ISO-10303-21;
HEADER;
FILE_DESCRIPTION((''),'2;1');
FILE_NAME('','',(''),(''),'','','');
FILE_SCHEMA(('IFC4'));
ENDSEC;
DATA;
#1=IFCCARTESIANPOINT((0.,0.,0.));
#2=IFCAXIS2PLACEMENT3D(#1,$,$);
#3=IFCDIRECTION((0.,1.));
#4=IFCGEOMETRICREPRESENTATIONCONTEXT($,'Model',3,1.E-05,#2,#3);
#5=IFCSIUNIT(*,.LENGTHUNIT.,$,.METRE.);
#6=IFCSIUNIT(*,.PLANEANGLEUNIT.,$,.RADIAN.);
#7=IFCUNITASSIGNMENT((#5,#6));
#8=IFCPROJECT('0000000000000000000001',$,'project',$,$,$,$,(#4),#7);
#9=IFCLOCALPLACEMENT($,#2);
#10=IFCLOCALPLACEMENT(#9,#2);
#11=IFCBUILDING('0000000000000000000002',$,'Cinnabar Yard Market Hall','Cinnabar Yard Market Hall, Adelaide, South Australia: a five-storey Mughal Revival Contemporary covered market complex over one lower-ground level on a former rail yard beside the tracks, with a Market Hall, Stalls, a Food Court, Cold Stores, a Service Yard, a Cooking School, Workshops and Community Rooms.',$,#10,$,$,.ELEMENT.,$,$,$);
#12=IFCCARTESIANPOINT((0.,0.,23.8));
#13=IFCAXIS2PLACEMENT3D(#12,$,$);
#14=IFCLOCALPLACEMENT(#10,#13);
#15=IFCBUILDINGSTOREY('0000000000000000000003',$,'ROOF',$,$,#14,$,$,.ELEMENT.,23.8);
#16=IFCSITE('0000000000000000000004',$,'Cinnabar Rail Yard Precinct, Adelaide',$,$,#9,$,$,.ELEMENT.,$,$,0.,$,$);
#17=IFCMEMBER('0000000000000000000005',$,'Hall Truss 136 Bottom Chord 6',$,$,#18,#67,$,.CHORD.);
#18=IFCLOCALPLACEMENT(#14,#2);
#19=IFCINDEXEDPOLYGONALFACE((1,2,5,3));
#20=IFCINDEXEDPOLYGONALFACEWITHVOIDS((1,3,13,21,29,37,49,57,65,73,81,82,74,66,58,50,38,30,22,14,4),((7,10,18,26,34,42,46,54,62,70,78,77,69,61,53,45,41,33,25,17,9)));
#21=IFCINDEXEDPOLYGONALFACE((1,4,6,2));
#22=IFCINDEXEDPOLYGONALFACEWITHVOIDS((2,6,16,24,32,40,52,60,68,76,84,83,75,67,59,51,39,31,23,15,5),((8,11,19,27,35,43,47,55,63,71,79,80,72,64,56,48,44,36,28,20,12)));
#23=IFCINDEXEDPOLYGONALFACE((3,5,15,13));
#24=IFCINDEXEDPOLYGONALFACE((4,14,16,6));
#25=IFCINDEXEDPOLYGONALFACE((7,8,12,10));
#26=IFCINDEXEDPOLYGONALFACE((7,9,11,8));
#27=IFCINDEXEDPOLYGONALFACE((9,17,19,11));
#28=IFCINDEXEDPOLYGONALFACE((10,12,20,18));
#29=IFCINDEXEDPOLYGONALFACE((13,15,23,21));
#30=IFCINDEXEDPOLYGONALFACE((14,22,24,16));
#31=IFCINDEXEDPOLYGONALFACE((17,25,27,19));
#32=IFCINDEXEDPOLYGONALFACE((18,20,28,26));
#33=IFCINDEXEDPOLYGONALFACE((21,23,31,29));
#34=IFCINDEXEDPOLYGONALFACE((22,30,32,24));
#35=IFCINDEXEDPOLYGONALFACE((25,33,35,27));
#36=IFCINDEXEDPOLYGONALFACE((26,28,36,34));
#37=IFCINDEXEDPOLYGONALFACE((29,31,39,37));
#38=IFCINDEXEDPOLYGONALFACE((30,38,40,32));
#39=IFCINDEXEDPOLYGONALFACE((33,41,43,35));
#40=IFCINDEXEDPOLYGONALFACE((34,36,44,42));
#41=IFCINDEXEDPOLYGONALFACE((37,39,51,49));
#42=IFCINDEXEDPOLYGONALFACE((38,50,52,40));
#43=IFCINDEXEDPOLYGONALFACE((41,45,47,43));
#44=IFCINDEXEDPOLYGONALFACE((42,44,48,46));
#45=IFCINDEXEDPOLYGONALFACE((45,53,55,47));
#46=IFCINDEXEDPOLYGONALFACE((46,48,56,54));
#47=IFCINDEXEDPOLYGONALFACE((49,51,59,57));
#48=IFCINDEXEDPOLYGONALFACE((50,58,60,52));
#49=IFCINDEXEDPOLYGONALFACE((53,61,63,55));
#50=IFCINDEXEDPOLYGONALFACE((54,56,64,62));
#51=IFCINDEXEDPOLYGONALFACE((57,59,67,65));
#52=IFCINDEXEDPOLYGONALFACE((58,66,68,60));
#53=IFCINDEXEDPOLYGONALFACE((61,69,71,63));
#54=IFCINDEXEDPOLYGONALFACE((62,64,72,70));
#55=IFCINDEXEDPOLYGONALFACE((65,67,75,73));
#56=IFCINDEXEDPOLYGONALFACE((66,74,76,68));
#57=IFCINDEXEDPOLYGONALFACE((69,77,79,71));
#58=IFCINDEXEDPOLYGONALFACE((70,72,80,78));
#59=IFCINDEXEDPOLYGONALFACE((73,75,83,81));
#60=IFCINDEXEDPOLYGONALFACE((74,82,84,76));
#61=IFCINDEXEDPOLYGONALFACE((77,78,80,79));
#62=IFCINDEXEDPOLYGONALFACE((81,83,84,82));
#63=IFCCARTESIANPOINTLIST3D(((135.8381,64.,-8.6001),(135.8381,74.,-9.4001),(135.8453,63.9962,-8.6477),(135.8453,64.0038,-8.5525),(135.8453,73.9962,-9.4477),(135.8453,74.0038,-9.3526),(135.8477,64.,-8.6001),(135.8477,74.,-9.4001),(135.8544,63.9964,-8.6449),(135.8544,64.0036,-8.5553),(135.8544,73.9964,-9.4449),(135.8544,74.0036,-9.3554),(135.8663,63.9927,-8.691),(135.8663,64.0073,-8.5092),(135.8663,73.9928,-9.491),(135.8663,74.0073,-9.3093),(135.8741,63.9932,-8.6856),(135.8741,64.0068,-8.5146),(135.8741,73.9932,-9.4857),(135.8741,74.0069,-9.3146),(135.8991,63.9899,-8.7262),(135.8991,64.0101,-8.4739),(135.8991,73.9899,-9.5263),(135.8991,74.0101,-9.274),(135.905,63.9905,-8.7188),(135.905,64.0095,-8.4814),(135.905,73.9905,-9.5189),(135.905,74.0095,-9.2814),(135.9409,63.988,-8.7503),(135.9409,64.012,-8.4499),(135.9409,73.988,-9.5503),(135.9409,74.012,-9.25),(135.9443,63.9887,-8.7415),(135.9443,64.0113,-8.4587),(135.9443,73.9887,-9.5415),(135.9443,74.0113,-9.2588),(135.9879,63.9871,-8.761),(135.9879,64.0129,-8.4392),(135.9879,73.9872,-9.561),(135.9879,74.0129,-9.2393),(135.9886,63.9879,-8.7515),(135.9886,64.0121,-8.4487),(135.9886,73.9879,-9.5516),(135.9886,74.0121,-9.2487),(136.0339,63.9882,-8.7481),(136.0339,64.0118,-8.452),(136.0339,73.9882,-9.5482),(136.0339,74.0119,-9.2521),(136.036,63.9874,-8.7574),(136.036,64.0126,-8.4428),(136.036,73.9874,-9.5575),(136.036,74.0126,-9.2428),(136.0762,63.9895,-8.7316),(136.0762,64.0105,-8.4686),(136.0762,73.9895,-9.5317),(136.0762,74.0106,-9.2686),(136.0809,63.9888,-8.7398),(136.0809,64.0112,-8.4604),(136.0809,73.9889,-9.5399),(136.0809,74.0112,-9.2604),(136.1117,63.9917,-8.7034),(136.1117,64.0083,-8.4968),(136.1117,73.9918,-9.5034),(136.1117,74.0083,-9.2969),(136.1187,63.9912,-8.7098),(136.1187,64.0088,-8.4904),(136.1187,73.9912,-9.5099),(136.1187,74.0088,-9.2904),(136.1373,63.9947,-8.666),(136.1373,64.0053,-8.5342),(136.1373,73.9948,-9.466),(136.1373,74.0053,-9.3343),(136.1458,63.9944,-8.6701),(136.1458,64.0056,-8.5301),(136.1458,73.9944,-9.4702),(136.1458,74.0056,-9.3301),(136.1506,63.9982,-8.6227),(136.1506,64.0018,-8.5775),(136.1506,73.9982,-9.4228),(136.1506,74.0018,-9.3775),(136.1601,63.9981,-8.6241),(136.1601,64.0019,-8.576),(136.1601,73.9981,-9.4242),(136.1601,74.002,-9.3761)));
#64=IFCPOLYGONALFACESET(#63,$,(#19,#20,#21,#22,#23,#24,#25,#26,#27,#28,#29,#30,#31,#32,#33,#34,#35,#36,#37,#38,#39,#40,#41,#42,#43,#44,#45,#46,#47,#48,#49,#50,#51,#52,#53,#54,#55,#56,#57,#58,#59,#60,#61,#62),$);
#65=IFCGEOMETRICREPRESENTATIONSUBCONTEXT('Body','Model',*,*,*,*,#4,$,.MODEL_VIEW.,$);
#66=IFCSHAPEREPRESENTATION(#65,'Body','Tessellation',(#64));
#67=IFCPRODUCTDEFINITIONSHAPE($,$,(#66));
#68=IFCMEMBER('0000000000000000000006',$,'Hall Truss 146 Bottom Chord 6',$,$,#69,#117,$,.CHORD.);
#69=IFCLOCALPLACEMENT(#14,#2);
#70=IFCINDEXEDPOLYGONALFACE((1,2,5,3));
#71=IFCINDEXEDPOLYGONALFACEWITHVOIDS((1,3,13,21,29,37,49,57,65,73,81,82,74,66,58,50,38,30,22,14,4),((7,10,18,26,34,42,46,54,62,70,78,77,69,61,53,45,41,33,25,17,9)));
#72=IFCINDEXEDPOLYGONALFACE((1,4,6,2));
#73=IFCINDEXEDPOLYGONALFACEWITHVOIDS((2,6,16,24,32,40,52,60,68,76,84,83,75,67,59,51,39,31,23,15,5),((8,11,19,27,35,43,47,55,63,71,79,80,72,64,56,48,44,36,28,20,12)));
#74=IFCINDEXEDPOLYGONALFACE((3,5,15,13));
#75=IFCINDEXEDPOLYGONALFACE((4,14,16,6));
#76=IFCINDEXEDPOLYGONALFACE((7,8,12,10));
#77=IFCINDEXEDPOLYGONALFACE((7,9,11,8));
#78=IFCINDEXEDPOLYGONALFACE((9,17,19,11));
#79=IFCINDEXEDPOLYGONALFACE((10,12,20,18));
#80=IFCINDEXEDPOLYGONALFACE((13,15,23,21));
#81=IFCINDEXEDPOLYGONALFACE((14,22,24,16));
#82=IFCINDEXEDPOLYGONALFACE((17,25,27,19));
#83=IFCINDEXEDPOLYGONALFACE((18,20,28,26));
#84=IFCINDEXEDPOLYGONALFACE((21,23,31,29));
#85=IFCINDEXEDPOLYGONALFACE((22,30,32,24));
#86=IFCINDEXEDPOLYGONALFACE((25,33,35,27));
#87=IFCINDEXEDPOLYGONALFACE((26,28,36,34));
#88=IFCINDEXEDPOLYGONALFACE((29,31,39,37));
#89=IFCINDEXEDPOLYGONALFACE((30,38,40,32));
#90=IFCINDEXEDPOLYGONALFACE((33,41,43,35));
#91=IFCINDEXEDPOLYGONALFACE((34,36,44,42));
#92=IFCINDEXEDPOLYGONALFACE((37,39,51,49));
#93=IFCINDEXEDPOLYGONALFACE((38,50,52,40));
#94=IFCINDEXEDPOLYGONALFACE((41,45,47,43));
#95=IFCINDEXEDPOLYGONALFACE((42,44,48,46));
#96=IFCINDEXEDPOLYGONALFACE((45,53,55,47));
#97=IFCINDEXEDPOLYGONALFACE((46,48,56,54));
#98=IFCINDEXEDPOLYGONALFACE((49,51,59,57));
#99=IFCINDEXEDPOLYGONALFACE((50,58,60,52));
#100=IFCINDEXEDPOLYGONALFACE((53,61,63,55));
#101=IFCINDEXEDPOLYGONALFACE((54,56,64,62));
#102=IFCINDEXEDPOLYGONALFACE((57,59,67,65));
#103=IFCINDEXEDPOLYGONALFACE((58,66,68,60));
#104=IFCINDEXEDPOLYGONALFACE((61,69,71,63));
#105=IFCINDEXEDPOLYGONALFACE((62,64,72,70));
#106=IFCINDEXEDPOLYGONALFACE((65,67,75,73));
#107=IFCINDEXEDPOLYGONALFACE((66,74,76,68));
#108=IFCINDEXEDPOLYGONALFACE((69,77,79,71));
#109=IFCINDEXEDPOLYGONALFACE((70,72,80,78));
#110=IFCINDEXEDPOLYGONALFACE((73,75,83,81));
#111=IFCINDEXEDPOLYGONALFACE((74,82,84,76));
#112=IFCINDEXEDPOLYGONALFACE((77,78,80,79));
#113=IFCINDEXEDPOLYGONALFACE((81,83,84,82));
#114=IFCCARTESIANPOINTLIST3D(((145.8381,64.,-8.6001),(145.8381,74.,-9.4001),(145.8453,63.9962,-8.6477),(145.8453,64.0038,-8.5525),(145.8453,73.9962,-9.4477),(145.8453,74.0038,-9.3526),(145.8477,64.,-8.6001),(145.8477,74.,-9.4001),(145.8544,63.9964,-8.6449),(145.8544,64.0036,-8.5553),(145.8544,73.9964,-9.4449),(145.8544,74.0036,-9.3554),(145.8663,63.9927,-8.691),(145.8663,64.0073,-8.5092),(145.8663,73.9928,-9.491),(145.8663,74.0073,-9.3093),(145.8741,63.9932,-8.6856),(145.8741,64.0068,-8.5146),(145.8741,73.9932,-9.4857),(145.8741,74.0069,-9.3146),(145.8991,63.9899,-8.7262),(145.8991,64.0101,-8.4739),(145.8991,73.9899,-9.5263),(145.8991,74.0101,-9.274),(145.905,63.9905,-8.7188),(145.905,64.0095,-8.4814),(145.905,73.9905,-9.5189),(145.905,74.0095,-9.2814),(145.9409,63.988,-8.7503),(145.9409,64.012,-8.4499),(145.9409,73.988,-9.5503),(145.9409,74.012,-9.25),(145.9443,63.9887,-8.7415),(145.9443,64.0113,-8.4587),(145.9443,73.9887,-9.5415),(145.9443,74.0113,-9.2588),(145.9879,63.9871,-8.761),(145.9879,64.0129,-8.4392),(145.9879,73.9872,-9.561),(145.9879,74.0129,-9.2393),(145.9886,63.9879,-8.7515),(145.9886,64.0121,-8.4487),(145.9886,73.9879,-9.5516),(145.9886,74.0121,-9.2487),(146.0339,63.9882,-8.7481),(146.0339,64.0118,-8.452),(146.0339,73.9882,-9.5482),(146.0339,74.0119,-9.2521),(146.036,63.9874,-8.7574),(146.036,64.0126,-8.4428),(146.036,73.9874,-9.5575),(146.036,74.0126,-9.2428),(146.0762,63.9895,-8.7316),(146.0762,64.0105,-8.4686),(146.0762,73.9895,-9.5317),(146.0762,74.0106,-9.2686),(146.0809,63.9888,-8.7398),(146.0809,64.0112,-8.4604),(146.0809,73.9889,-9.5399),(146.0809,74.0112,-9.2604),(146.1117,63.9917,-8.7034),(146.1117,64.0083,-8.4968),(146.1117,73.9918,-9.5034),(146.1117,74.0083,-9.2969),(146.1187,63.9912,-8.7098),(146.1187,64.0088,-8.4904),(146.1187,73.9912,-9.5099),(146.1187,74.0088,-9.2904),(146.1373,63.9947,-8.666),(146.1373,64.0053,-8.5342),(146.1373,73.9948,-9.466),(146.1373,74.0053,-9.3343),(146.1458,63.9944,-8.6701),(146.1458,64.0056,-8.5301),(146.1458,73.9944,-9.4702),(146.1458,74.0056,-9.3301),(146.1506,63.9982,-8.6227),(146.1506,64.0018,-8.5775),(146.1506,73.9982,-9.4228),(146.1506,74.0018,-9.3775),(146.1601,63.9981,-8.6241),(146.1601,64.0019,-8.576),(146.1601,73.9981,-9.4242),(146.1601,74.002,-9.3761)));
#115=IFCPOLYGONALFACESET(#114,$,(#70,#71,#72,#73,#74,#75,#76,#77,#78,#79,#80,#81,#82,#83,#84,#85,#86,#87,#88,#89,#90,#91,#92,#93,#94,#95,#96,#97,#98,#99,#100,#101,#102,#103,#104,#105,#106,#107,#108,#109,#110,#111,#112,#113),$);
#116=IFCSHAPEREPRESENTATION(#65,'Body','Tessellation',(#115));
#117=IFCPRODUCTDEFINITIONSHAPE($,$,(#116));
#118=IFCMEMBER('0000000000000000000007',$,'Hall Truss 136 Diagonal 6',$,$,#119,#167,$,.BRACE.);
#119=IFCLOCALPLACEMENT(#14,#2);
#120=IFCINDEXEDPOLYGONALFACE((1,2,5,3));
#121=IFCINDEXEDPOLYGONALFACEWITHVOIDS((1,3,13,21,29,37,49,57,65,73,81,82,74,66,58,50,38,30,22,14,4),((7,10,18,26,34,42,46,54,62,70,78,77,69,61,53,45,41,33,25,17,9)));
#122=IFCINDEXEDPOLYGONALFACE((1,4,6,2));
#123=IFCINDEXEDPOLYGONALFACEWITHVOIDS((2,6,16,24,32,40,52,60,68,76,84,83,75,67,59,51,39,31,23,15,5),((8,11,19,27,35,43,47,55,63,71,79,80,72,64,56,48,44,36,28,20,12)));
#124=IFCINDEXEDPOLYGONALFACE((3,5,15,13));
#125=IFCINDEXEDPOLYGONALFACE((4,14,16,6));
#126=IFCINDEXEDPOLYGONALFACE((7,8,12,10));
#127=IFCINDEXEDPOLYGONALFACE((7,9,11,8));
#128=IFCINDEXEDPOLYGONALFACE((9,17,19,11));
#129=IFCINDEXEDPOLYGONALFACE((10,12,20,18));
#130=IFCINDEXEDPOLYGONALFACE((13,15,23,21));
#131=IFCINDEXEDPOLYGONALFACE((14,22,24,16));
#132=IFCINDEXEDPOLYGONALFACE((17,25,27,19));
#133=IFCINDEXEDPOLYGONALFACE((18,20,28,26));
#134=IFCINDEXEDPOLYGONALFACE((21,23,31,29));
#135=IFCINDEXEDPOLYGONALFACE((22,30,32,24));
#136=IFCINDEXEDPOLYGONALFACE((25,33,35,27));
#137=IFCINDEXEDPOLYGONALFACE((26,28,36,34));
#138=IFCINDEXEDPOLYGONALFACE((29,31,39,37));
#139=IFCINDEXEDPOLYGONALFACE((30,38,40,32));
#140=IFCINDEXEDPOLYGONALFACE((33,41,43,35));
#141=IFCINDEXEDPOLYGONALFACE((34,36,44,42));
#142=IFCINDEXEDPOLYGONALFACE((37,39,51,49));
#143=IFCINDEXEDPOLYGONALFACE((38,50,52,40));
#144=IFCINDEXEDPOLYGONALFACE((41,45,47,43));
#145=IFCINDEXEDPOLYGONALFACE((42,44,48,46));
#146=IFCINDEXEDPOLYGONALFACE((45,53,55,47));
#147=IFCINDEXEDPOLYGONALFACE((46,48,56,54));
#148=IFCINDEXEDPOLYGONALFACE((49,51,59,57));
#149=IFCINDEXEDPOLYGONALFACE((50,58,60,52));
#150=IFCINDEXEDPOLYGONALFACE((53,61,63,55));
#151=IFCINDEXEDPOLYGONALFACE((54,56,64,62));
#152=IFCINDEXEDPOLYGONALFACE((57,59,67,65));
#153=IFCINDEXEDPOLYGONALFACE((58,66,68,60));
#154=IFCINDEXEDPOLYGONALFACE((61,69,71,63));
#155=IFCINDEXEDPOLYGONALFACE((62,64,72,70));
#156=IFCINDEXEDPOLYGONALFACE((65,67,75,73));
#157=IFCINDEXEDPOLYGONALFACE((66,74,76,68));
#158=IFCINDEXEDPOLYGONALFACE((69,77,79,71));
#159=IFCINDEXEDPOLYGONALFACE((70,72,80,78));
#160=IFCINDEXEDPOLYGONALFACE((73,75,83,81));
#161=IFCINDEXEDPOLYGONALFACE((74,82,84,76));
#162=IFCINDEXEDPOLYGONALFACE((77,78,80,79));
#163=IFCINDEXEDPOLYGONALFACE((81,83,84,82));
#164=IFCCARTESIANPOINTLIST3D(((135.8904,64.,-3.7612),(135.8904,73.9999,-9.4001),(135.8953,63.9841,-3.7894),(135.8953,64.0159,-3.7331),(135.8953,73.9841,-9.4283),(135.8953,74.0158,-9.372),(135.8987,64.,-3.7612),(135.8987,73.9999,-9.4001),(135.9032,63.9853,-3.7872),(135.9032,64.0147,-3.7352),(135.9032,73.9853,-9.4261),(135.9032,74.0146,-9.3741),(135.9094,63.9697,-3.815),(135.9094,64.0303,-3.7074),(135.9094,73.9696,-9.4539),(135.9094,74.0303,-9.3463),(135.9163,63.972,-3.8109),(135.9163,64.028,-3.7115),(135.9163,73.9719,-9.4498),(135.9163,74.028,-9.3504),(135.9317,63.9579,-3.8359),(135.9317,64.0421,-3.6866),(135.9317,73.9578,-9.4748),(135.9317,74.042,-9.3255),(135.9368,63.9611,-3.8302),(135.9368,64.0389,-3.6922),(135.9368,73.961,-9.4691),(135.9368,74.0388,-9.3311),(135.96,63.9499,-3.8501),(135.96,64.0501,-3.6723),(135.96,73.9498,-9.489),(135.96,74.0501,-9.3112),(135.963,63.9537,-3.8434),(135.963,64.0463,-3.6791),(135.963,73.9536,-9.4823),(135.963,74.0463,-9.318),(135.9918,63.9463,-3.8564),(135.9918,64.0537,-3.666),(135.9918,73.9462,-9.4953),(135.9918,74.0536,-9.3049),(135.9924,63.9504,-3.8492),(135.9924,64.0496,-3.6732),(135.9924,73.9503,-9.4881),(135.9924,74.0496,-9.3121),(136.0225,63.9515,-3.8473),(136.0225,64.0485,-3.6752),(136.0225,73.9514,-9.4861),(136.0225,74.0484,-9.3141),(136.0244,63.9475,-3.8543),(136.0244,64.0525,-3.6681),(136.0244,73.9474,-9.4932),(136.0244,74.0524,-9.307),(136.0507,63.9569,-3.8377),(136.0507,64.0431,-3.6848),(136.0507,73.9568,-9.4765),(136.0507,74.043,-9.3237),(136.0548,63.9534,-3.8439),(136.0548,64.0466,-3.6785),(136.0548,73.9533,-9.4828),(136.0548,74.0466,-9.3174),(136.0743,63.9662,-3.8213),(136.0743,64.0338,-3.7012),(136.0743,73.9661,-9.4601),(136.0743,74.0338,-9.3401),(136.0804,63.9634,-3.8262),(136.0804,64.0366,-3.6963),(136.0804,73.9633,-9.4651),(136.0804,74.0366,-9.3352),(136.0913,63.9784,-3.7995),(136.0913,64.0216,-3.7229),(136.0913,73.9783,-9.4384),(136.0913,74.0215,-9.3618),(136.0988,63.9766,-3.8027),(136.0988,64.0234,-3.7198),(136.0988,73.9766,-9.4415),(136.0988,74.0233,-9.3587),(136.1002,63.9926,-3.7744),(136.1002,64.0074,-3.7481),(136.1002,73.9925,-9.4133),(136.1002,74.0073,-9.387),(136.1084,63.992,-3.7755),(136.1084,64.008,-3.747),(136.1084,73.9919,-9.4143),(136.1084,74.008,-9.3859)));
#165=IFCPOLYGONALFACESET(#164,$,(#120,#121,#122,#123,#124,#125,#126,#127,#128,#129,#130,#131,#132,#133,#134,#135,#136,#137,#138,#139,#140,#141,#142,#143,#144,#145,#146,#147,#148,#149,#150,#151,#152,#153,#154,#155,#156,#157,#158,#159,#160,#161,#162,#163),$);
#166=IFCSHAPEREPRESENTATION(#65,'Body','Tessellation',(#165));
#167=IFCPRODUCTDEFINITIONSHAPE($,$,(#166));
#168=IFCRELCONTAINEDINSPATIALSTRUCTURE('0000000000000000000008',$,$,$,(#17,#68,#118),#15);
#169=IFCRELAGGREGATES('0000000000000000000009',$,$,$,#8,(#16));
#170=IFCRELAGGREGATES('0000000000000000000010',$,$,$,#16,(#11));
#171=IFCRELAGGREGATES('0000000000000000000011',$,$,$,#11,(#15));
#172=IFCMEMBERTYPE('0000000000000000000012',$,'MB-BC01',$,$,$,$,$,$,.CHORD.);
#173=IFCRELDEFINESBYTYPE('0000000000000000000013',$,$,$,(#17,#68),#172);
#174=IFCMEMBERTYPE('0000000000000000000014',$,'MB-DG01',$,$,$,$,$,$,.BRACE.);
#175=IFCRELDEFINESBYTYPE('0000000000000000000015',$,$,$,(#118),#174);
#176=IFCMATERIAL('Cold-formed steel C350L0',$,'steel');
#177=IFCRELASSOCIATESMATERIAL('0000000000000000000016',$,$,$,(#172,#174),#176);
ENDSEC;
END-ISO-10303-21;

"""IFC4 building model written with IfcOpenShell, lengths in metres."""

from ifc_helpers import new_model, si_unit, direction, frame, origin, origin_2d_with_axis, place, context, subcontext, project, spatial, hollow_circle, extrude, material, material_profile, profile_set, type_object, element, save


model = new_model("IFC4")

# Units and contexts
model_context = context("Model", 3, precision=1e-05, world=origin(), true_north=direction((0.0, 1.0)))
body_context = subcontext(model_context, "Body", "Model", "MODEL_VIEW")
ifc_project = project(units=[si_unit("LENGTHUNIT", "METRE"), si_unit("PLANEANGLEUNIT", "RADIAN")], contexts=[model_context])

# Site, building, storey
site_placement = place(None, origin())
site = spatial("IfcSite", under=ifc_project, at=site_placement, Name="Cinnabar Rail Yard Precinct, Adelaide", CompositionType="ELEMENT", RefElevation=0.0)
building_placement = place(site_placement, origin())
building = spatial("IfcBuilding", under=site, at=building_placement, Name="Cinnabar Yard Market Hall", Description="Cinnabar Yard Market Hall, Adelaide, South Australia: a five-storey Mughal Revival Contemporary covered market complex over one lower-ground level on a former rail yard beside the tracks, with a Market Hall, Stalls, a Food Court, Cold Stores, a Service Yard, a Cooking School, Workshops and Community Rooms.", CompositionType="ELEMENT")
storey_placement = place(building_placement, frame((0.0, 0.0, 23.8)))
storey = spatial("IfcBuildingStorey", under=building, at=storey_placement, Name="ROOF", CompositionType="ELEMENT", Elevation=23.8)

# Shared definitions
ifc_material_1 = material(Name="Cold-formed steel C350L0", Category="steel")

# Members
ifc_material_profile_1 = material_profile(ifc_material_1, hollow_circle(Radius=0.1619, WallThickness=0.0095, at=origin_2d_with_axis()), Name="323.9x9.5CHS")
ifc_profile_set_1 = profile_set([ifc_material_profile_1], Name="Cold-formed steel C350L0")
member_type_1 = type_object("IfcMemberType", Name="MB-BC01", PredefinedType="CHORD", material=ifc_profile_set_1)
for number, where, z_axis, x_axis, name in (
    (1, (136.0, 64.0, -8.6001), (0.0, 0.996815, -0.07975), (-1.0, 0.0, 0.0), "Hall Truss 136 Bottom Chord 6"),
    (2, (146.0, 64.0, -8.6001), (0.0, 0.996815, -0.07975), (-1.0, 0.0, 0.0), "Hall Truss 146 Bottom Chord 6"),
):
    element("IfcMember", number, at=place(storey_placement, frame(where, z_axis=z_axis, x_axis=x_axis)), inside=storey, type_object=member_type_1, Name=name, PredefinedType="CHORD", context=body_context, shape_type="SweptSolid", body=[
        extrude(hollow_circle(Radius=0.1619, WallThickness=0.0095, at=origin_2d_with_axis()), origin(), (0.0, 0.0, 1.0), 10.032),
    ])
ifc_material_profile_2 = material_profile(ifc_material_1, hollow_circle(Radius=0.1096, WallThickness=0.0083, at=origin_2d_with_axis()), Name="219.1x8.2CHS")
ifc_profile_set_2 = profile_set([ifc_material_profile_2], Name="Cold-formed steel C350L0")
member_type_2 = type_object("IfcMemberType", Name="MB-DG01", PredefinedType="BRACE", material=ifc_profile_set_2)
for number, where, z_axis, x_axis, name in (
    (3, (136.0, 64.0, -3.7612), (0.0, 0.871057, -0.491182), (-1.0, 0.0, 0.0), "Hall Truss 136 Diagonal 6"),
):
    element("IfcMember", number, at=place(storey_placement, frame(where, z_axis=z_axis, x_axis=x_axis)), inside=storey, type_object=member_type_2, Name=name, PredefinedType="BRACE", context=body_context, shape_type="SweptSolid", body=[
        extrude(hollow_circle(Radius=0.1096, WallThickness=0.0083, at=origin_2d_with_axis()), origin(), (0.0, 0.0, 1.0), 11.4802),
    ])

save(model, "model.ifc")
